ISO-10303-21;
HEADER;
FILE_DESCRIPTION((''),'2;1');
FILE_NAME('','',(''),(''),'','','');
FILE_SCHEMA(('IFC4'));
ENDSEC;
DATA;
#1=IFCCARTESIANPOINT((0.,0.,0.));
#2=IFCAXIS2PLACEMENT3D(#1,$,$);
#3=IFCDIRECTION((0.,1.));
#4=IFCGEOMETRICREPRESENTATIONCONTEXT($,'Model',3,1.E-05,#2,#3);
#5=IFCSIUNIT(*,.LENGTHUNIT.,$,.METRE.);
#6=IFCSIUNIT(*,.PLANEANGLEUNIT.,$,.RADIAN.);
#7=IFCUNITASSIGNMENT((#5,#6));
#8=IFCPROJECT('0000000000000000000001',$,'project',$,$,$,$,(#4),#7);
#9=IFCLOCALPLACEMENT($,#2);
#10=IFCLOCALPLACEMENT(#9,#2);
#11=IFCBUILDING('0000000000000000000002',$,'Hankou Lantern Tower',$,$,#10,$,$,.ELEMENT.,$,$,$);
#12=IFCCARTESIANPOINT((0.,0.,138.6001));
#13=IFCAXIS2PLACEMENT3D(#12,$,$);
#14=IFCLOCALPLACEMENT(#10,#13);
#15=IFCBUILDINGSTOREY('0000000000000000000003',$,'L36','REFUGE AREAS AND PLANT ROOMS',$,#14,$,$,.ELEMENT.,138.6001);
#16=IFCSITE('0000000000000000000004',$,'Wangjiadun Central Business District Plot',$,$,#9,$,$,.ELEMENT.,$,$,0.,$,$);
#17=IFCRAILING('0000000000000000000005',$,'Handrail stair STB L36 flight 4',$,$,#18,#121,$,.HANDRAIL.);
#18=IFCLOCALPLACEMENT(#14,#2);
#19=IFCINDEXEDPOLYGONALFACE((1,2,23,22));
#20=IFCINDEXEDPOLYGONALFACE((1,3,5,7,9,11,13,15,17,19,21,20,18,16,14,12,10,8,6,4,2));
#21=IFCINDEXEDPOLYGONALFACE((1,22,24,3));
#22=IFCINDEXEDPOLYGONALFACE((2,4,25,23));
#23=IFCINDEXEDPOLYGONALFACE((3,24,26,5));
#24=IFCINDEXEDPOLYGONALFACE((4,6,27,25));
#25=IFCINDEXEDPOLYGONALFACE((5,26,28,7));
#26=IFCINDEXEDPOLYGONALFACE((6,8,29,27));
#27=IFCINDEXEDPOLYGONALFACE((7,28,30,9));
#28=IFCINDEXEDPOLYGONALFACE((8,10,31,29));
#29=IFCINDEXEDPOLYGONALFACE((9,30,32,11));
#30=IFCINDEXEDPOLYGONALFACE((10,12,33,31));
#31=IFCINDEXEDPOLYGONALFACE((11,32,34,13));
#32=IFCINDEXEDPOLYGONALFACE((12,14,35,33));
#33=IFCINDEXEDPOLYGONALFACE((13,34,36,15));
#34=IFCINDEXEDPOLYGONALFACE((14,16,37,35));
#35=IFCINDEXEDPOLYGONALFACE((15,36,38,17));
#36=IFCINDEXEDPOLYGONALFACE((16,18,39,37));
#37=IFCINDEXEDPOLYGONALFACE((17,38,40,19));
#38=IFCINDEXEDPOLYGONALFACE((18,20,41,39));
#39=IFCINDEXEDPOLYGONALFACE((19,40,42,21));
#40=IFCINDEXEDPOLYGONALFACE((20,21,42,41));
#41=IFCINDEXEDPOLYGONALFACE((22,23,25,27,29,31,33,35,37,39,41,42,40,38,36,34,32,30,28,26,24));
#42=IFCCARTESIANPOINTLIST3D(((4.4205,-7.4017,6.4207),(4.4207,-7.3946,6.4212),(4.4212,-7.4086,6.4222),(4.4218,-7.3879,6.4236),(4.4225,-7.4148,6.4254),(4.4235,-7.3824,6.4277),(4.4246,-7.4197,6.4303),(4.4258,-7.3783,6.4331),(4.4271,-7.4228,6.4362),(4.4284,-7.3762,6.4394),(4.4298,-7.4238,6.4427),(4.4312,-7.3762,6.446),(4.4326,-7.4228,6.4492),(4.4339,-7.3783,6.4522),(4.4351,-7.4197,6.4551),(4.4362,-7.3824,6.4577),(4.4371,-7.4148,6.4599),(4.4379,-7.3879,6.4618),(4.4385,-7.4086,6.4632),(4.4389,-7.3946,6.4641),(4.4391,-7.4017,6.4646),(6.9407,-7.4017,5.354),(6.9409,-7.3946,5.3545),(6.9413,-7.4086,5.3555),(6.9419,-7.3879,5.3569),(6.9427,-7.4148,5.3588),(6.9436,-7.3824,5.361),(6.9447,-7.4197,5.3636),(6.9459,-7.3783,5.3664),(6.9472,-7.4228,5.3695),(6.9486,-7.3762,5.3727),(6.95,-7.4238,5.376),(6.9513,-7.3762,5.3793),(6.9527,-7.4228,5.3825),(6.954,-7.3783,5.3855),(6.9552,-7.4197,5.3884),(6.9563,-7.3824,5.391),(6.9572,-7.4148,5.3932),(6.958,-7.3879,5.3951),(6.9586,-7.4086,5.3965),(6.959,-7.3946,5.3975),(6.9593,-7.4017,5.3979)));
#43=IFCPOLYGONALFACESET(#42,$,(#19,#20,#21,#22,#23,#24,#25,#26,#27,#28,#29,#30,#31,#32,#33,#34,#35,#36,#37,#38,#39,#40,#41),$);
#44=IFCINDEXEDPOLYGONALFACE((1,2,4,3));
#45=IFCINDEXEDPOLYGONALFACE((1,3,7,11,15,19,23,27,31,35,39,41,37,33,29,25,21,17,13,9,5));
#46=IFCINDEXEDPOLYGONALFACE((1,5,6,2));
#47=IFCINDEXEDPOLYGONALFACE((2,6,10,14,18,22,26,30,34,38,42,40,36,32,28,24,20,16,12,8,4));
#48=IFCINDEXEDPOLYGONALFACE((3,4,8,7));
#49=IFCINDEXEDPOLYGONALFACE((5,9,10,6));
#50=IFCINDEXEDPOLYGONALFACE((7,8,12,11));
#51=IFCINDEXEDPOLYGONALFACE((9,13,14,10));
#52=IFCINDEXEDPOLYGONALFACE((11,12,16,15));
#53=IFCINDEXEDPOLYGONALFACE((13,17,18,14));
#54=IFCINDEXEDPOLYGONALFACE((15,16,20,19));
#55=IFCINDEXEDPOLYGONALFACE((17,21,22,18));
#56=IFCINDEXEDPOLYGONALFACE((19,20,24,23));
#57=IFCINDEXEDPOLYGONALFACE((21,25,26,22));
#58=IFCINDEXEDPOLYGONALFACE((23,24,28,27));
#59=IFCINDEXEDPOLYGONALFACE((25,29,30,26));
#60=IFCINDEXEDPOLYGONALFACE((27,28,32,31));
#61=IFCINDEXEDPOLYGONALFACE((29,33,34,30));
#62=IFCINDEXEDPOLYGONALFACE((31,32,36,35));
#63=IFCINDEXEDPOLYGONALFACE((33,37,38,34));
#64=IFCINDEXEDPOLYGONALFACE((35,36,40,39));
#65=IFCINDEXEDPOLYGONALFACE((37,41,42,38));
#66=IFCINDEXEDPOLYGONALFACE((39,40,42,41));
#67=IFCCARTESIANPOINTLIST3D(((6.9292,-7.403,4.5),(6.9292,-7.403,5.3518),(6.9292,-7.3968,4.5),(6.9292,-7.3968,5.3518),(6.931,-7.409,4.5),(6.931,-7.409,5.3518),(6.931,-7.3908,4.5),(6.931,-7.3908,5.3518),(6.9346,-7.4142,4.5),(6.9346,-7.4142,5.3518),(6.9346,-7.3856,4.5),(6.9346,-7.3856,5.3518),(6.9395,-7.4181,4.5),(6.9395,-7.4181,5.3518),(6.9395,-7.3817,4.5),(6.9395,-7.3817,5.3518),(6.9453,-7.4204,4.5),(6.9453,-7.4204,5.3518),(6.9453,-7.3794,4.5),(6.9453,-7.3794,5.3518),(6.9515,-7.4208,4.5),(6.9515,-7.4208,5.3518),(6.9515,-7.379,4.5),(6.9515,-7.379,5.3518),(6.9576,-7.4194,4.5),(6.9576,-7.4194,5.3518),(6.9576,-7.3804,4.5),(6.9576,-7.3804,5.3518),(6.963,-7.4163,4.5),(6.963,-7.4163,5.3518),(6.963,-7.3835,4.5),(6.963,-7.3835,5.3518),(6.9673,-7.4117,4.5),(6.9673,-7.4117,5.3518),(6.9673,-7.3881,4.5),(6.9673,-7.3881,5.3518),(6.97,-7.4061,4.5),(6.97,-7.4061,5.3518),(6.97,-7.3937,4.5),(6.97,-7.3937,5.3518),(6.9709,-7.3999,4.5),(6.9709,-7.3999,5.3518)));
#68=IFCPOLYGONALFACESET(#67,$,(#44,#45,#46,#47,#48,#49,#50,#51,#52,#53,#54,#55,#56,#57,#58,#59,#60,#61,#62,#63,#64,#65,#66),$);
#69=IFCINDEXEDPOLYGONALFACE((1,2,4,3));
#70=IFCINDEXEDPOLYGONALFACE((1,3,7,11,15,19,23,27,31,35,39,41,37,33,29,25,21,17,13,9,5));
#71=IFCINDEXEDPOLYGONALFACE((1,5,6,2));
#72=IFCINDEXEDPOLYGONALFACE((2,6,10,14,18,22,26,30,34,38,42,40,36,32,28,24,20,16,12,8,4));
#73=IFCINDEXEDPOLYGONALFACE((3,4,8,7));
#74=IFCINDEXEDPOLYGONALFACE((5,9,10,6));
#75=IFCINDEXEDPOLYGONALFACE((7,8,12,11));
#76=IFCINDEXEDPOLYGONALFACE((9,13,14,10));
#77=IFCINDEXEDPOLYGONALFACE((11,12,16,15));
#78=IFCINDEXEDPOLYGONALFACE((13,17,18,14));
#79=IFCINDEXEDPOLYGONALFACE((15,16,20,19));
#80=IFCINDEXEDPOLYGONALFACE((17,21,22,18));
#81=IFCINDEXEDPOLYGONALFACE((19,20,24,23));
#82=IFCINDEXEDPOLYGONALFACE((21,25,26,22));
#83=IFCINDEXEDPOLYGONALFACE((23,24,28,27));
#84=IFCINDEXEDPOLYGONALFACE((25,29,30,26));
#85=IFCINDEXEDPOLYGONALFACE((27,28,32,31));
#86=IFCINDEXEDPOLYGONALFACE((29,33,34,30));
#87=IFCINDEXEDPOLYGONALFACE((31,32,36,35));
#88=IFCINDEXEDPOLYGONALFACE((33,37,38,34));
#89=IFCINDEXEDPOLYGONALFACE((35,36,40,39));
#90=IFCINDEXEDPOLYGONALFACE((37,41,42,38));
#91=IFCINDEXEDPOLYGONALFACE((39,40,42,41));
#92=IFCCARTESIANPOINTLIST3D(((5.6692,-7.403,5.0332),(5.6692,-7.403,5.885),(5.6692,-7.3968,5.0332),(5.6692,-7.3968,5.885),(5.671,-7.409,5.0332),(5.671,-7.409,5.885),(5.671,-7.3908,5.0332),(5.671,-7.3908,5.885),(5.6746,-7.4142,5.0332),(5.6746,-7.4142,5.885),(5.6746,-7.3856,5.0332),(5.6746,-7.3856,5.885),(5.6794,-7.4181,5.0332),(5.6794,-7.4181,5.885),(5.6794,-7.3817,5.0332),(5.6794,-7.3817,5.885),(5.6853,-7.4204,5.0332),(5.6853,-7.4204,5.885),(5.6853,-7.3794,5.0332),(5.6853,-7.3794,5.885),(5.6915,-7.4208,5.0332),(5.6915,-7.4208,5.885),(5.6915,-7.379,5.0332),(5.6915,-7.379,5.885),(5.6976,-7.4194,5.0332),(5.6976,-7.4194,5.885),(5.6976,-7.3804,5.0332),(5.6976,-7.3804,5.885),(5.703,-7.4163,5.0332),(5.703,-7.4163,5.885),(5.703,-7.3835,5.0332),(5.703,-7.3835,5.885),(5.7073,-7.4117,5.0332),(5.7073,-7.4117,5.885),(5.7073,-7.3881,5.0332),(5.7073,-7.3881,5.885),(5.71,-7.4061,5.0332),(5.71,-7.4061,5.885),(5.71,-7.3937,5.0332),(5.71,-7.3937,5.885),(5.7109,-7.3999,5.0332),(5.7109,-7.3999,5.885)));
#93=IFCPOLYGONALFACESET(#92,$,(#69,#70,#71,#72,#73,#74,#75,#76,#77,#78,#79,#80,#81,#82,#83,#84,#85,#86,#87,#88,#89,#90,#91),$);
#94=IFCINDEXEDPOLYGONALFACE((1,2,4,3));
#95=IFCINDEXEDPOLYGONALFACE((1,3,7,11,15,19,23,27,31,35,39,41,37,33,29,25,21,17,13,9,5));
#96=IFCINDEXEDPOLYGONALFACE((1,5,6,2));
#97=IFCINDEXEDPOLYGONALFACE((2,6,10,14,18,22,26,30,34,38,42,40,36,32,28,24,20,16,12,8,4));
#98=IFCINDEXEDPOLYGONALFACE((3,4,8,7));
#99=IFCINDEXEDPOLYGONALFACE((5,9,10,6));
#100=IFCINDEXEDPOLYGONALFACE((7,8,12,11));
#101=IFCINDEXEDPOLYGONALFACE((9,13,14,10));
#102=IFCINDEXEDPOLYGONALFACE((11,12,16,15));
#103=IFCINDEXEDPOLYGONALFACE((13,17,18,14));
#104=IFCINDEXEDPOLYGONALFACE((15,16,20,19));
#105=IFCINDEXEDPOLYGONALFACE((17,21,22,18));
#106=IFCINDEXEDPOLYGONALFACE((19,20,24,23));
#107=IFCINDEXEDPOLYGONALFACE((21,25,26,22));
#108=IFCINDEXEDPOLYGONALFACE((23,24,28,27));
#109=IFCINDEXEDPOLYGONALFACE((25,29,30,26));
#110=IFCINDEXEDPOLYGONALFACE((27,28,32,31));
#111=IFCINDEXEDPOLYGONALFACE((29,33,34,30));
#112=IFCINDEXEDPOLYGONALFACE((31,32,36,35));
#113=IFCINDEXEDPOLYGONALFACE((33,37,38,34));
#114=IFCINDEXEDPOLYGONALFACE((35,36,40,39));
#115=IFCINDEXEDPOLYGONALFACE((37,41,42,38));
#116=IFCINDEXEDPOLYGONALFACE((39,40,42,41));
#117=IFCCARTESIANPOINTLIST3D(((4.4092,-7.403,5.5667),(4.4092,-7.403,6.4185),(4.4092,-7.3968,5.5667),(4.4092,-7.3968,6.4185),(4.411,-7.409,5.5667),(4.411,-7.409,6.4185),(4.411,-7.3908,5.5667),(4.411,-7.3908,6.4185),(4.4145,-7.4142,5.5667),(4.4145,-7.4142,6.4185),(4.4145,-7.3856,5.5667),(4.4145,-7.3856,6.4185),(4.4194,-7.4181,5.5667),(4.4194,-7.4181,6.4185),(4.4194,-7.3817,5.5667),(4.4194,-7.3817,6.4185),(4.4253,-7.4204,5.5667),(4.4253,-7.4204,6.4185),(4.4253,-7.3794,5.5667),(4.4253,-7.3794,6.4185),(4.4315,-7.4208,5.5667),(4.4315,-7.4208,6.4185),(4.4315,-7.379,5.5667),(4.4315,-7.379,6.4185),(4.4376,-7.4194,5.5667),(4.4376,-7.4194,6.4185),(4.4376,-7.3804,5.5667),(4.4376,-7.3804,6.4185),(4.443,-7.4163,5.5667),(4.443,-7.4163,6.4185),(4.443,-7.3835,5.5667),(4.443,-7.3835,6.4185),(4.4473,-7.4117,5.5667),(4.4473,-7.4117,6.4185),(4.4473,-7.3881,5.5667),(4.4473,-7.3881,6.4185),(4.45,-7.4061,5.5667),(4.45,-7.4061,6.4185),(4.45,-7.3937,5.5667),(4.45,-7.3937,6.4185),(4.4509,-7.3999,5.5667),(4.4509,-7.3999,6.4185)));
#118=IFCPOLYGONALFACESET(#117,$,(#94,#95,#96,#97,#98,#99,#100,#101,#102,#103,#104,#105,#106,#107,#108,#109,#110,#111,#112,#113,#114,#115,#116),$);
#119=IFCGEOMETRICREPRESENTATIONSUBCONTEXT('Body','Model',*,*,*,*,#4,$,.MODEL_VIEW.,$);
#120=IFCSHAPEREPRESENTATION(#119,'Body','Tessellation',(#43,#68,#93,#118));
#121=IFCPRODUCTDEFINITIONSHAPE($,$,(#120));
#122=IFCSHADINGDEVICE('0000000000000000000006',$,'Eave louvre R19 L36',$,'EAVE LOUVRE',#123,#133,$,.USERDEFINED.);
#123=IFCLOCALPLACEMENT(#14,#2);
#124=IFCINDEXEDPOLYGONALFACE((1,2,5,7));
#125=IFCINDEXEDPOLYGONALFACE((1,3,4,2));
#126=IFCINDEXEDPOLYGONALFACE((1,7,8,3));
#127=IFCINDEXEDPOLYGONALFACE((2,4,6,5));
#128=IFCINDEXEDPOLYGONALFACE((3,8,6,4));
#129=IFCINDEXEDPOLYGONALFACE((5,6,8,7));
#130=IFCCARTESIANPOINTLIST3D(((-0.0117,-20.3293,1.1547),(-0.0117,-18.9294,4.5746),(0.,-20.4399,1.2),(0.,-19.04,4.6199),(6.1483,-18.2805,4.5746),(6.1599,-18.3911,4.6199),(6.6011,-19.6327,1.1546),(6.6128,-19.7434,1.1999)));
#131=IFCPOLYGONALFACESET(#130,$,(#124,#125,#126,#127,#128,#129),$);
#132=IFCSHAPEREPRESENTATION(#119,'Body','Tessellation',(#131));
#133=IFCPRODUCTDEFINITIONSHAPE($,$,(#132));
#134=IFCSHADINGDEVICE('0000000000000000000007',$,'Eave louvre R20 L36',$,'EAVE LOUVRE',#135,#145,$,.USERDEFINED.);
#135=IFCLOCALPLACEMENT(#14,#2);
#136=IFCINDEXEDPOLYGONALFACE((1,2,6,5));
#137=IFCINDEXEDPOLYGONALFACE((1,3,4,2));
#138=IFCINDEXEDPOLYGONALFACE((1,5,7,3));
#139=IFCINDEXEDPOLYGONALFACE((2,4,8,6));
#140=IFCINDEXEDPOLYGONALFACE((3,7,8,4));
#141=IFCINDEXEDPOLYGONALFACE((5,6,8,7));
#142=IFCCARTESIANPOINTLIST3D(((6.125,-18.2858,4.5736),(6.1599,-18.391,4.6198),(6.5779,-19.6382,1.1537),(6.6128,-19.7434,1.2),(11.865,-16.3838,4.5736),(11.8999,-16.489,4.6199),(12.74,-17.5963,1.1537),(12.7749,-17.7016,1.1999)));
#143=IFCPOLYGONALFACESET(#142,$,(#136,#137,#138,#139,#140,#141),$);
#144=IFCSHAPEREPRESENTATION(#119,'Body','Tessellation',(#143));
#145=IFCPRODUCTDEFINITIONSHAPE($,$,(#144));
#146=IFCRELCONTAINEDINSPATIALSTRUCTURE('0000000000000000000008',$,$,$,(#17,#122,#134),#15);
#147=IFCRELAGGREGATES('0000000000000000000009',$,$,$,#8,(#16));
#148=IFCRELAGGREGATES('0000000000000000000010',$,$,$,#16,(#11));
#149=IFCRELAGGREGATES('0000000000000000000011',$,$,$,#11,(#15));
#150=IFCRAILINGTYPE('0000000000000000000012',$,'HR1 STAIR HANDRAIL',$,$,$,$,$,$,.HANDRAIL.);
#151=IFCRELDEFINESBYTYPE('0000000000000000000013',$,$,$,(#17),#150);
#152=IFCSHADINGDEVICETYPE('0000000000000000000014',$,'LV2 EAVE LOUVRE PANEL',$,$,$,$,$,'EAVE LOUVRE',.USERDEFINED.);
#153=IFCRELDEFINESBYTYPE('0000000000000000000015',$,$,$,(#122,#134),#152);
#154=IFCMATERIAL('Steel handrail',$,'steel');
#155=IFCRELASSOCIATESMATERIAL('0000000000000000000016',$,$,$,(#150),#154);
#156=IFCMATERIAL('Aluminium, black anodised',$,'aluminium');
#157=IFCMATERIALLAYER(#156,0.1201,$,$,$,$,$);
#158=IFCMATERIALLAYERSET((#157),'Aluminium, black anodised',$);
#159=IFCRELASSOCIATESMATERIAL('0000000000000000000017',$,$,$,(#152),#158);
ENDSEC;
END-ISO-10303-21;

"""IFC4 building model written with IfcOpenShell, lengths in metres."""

from ifc_helpers import new_model, si_unit, direction, frame, origin, origin_2d, place, context, subcontext, project, spatial, polyline, circle, outline, extrude, material, layer, layer_set, type_object, element, save


model = new_model("IFC4")

# Units and contexts
model_context = context("Model", 3, precision=1e-05, world=origin(), true_north=direction((0.0, 1.0)))
body_context = subcontext(model_context, "Body", "Model", "MODEL_VIEW")
ifc_project = project(units=[si_unit("LENGTHUNIT", "METRE"), si_unit("PLANEANGLEUNIT", "RADIAN")], contexts=[model_context])

# Site, building, storey
site_placement = place(None, origin())
site = spatial("IfcSite", under=ifc_project, at=site_placement, Name="Wangjiadun Central Business District Plot", CompositionType="ELEMENT", RefElevation=0.0)
building_placement = place(site_placement, origin())
building = spatial("IfcBuilding", under=site, at=building_placement, Name="Hankou Lantern Tower", CompositionType="ELEMENT")
storey_placement = place(building_placement, frame((0.0, 0.0, 138.6001)))
storey = spatial("IfcBuildingStorey", under=building, at=storey_placement, Name="L36", Description="REFUGE AREAS AND PLANT ROOMS", CompositionType="ELEMENT", Elevation=138.6001)

# Railing
ifc_material_1 = material(Name="Steel handrail", Category="steel")
railing_type = type_object("IfcRailingType", Name="HR1 STAIR HANDRAIL", PredefinedType="HANDRAIL", material=ifc_material_1)
railing_1_placement = place(storey_placement, frame((6.95, -7.3999, 4.5)))
element("IfcRailing", 1, at=railing_1_placement, inside=storey, type_object=railing_type, Name="Handrail stair STB L36 flight 4", PredefinedType="HANDRAIL", context=body_context, shape_type="SweptSolid", body=[
    extrude(circle(Radius=0.0239, at=origin_2d()), frame((0.0, 0.0, 0.876), z_axis=(-0.920903, 0.0, 0.389791), x_axis=(0.0, -1.0, 0.0)), (0.0, 0.0, 1.0), 2.7366),
    extrude(circle(Radius=0.021, at=origin_2d()), origin(), (0.0, 0.0, 1.0), 0.8518),
    extrude(circle(Radius=0.021, at=origin_2d()), frame((-1.26, 0.0, 0.5332)), (0.0, 0.0, 1.0), 0.8518),
    extrude(circle(Radius=0.021, at=origin_2d()), frame((-2.52, 0.0, 1.0667)), (0.0, 0.0, 1.0), 0.8518),
])

# Shading devices
ifc_material_2 = material(Name="Aluminium, black anodised", Category="aluminium")
ifc_layer_1 = layer(ifc_material_2, 0.1201)
ifc_layer_set_1 = layer_set([ifc_layer_1], Name="Aluminium, black anodised")
shading_device_type = type_object("IfcShadingDeviceType", Name="LV2 EAVE LOUVRE PANEL", ElementType="EAVE LOUVRE", PredefinedType="USERDEFINED", material=ifc_layer_set_1)
shading_device_1_placement = place(storey_placement, frame((0.0, -20.4399, 1.2), z_axis=(0.097027, -0.921096, 0.377052), x_axis=(0.994498, 0.104758, -0.000003)))
element("IfcShadingDevice", 2, at=shading_device_1_placement, inside=storey, type_object=shading_device_type, Name="Eave louvre R19 L36", ObjectType="EAVE LOUVRE", PredefinedType="USERDEFINED", context=body_context, shape_type="SweptSolid", body=[
    extrude(outline(polyline([(0.0, 0.0), (6.6494, 0.0), (6.3406, 3.6925), (0.1466, 3.6924), (0.0, 0.0)])), origin(), (0.0, 0.0, -1.0), 0.1201),
])
shading_device_2_placement = place(storey_placement, frame((6.6128, -19.7434, 1.2), z_axis=(0.290306, -0.876112, 0.384902), x_axis=(0.949245, 0.314537, -0.000006)))
element("IfcShadingDevice", 3, at=shading_device_2_placement, inside=storey, type_object=shading_device_type, Name="Eave louvre R20 L36", ObjectType="EAVE LOUVRE", PredefinedType="USERDEFINED", context=body_context, shape_type="SweptSolid", body=[
    extrude(outline(polyline([(0.0, 0.0), (6.4916, 0.0), (6.0424, 3.7054), (-0.0046, 3.7054), (0.0, 0.0)])), origin(), (0.0, 0.0, -1.0), 0.1201),
])

save(model, "model.ifc")
